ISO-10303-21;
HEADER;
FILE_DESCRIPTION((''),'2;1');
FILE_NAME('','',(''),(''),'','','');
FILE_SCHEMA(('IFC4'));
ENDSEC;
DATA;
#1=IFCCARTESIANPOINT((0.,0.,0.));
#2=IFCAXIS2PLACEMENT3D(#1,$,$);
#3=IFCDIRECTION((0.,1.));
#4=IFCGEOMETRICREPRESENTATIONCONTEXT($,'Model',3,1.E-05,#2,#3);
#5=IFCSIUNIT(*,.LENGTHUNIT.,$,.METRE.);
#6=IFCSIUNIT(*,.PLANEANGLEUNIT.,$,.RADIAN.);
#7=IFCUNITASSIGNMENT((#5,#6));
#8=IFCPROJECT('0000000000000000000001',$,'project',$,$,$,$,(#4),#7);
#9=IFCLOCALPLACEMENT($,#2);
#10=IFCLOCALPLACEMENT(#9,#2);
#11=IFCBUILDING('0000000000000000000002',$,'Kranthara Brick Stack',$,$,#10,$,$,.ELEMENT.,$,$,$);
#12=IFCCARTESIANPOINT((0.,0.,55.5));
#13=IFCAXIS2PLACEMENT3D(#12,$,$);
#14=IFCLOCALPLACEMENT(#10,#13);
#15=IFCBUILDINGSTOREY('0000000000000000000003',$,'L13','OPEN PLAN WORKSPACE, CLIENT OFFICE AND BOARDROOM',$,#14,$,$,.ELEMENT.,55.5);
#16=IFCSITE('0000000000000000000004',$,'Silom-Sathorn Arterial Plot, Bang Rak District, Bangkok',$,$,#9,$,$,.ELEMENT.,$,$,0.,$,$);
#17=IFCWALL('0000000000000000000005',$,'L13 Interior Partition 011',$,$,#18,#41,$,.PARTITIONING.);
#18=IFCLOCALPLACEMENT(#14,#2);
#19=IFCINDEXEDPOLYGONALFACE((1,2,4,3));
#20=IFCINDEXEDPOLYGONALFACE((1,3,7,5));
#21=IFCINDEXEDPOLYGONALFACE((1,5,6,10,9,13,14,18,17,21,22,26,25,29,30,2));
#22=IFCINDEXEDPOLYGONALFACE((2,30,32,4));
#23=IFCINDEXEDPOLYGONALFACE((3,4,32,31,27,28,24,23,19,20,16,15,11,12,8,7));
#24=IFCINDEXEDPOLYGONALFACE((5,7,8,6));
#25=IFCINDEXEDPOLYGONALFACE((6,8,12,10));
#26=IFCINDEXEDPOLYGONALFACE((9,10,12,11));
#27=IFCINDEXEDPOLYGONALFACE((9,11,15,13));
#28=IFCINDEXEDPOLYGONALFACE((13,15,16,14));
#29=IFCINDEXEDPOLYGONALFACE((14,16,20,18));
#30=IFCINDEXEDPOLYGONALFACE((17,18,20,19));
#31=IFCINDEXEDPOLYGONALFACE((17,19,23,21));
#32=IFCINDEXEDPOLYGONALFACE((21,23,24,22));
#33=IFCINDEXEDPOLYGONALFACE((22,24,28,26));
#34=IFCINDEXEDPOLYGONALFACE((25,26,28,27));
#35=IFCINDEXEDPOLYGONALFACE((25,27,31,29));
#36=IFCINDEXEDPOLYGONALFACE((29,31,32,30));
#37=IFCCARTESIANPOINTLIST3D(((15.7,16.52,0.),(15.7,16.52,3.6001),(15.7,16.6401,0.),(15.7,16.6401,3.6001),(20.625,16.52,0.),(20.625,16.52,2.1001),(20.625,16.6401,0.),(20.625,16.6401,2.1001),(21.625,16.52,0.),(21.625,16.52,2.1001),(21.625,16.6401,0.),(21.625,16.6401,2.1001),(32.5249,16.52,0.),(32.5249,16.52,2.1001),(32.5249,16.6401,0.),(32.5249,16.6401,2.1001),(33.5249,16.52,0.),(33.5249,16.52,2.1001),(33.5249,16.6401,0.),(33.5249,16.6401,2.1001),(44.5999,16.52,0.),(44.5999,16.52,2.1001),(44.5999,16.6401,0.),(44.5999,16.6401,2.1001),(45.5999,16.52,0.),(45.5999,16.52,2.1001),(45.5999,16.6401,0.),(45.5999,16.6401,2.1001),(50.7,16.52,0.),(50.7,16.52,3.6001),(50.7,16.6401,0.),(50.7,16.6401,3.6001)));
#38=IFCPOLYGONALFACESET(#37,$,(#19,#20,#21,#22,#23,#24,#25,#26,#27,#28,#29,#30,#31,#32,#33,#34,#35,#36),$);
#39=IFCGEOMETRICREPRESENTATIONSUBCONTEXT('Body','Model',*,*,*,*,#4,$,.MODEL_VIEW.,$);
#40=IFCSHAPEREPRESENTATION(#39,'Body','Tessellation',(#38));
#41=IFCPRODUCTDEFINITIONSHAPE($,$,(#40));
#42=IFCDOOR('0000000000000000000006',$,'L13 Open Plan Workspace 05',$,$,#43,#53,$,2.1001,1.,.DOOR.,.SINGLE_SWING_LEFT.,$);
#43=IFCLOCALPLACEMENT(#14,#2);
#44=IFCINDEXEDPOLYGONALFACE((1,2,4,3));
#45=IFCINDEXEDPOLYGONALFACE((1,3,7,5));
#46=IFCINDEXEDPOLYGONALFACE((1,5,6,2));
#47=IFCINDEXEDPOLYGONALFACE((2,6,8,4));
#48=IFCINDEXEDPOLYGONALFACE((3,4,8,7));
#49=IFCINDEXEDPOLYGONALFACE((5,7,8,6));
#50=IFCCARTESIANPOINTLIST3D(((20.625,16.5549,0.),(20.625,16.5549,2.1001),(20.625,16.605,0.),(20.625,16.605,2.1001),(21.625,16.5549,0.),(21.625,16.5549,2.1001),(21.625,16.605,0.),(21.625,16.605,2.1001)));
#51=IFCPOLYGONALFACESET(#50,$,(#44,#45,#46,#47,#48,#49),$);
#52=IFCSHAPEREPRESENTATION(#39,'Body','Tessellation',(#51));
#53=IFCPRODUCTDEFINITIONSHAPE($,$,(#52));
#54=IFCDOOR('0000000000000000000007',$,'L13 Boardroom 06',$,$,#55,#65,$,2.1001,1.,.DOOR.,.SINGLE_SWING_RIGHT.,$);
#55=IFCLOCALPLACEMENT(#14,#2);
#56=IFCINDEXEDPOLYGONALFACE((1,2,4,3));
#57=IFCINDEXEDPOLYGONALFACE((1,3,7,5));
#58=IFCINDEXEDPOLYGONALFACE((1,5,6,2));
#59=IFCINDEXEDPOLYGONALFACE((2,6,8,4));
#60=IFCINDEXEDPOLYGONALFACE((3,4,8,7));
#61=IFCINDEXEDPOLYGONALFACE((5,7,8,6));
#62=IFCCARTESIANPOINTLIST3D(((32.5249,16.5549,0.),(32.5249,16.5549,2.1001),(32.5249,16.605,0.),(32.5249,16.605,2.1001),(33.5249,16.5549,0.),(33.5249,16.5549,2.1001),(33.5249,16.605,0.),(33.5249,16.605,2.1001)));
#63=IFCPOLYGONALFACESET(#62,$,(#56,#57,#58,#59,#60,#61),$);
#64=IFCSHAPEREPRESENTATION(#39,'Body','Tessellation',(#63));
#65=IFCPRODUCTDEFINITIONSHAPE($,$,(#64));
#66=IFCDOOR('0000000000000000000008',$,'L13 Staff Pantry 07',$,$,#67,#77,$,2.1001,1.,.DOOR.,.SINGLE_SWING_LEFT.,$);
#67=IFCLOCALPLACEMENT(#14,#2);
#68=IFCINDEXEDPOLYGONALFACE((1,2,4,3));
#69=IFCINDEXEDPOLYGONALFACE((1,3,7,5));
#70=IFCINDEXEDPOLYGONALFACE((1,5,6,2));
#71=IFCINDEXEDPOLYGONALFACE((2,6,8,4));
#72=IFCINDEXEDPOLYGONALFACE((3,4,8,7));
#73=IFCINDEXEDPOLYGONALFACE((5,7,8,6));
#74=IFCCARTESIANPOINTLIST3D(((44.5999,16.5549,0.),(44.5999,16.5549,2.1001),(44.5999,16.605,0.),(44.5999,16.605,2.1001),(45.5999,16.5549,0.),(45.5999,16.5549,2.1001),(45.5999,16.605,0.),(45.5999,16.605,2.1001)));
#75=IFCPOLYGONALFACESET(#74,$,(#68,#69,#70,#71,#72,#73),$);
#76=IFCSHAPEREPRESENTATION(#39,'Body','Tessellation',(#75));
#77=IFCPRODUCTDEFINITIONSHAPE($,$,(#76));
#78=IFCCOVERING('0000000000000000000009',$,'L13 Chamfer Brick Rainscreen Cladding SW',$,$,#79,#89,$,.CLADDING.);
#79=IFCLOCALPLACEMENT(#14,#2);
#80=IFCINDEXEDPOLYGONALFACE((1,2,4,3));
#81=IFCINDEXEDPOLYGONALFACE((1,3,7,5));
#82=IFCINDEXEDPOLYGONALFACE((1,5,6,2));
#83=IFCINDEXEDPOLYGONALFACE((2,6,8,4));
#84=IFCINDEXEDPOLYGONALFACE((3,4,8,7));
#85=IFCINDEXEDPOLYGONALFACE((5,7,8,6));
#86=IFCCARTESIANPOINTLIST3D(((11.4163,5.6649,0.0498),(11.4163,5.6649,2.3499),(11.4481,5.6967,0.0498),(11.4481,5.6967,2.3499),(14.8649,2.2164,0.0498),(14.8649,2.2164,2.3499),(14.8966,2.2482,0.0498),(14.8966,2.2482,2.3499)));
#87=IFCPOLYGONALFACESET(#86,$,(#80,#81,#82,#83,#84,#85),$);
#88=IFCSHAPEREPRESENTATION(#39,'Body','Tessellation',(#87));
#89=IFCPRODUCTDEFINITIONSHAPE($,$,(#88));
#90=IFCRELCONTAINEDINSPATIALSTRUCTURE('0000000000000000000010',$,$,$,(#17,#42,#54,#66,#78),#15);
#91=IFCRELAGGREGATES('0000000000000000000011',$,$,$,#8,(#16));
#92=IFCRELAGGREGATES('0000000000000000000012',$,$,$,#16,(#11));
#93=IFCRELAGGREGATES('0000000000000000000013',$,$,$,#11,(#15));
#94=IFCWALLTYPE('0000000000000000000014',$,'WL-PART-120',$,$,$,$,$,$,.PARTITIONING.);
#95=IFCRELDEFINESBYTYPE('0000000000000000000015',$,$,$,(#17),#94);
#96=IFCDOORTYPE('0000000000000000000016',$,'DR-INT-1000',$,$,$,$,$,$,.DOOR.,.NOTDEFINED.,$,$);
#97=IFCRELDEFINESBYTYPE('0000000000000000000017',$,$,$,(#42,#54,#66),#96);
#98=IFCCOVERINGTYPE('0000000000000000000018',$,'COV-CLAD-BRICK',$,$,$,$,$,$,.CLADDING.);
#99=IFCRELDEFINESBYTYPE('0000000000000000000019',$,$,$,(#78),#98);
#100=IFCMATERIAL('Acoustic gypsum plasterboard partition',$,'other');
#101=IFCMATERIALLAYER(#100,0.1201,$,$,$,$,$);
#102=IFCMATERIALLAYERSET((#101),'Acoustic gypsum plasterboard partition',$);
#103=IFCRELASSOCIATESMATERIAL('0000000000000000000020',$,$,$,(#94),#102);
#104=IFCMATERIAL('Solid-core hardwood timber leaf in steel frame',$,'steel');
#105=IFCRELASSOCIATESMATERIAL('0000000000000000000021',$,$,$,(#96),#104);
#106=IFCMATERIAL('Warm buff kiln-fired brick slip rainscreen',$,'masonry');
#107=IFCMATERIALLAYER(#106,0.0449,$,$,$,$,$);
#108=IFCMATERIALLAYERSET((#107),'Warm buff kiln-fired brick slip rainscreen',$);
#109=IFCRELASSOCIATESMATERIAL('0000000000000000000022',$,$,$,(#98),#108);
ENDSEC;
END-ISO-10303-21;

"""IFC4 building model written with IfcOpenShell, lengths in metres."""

from ifc_helpers import new_model, si_unit, direction, frame, frame_2d, origin, origin_2d, place, context, subcontext, project, spatial, rectangle, extrude, material, layer, layer_set, type_object, element, fill, save


model = new_model("IFC4")

# Units and contexts
model_context = context("Model", 3, precision=1e-05, world=origin(), true_north=direction((0.0, 1.0)))
body_context = subcontext(model_context, "Body", "Model", "MODEL_VIEW")
ifc_project = project(units=[si_unit("LENGTHUNIT", "METRE"), si_unit("PLANEANGLEUNIT", "RADIAN")], contexts=[model_context])

# Site, building, storey
site_placement = place(None, origin())
site = spatial("IfcSite", under=ifc_project, at=site_placement, Name="Silom-Sathorn Arterial Plot, Bang Rak District, Bangkok", CompositionType="ELEMENT", RefElevation=0.0)
building_placement = place(site_placement, origin())
building = spatial("IfcBuilding", under=site, at=building_placement, Name="Kranthara Brick Stack", CompositionType="ELEMENT")
storey_placement = place(building_placement, frame((0.0, 0.0, 55.5)))
storey = spatial("IfcBuildingStorey", under=building, at=storey_placement, Name="L13", Description="OPEN PLAN WORKSPACE, CLIENT OFFICE AND BOARDROOM", CompositionType="ELEMENT", Elevation=55.5)

# Shared definitions
ifc_material_1 = material(Name="Acoustic gypsum plasterboard partition", Category="other")
ifc_layer_1 = layer(ifc_material_1, 0.1201)
ifc_layer_set_1 = layer_set([ifc_layer_1], Name="Acoustic gypsum plasterboard partition")
wall_type_1 = type_object("IfcWallType", Name="WL-PART-120", PredefinedType="PARTITIONING", material=ifc_layer_set_1)

# Wall, openings, doors
wall_1_placement = place(storey_placement, frame((15.7, 16.5801, 0.0), z_axis=(0.0, 0.0, 1.0), x_axis=(1.0, 0.0, 0.0)))
wall_1 = element("IfcWall", 1, at=wall_1_placement, inside=storey, type_object=wall_type_1, Name="L13 Interior Partition 011", PredefinedType="PARTITIONING", context=body_context, shape_type="SweptSolid", body=[
    extrude(rectangle(XDim=35.0, YDim=0.1201, at=frame_2d((17.5, 0.0))), origin(), (0.0, 0.0, 1.0), 3.6001),
])
opening_1_placement = place(wall_1_placement, frame((4.925, 0.0, 0.0)))
opening_1 = element("IfcOpeningElement", 2, at=opening_1_placement, cuts=wall_1, PredefinedType="OPENING", context=body_context, shape_type="SweptSolid", body=[
    extrude(rectangle(XDim=1.0, YDim=2.1001, at=frame_2d((0.5, 1.05))), frame((0.0, 0.0701, 0.0), z_axis=(0.0, -1.0, 0.0), x_axis=(1.0, 0.0, 0.0)), (0.0, 0.0, 1.0), 0.1401),
])
opening_2_placement = place(wall_1_placement, frame((16.825, 0.0, 0.0)))
opening_2 = element("IfcOpeningElement", 3, at=opening_2_placement, cuts=wall_1, PredefinedType="OPENING", context=body_context, shape_type="SweptSolid", body=[
    extrude(rectangle(XDim=1.0, YDim=2.1001, at=frame_2d((0.5, 1.05))), frame((0.0, 0.0701, 0.0), z_axis=(0.0, -1.0, 0.0), x_axis=(1.0, 0.0, 0.0)), (0.0, 0.0, 1.0), 0.1401),
])
opening_3_placement = place(wall_1_placement, frame((28.8999, 0.0, 0.0)))
opening_3 = element("IfcOpeningElement", 4, at=opening_3_placement, cuts=wall_1, PredefinedType="OPENING", context=body_context, shape_type="SweptSolid", body=[
    extrude(rectangle(XDim=1.0, YDim=2.1001, at=frame_2d((0.5, 1.05))), frame((0.0, 0.0701, 0.0), z_axis=(0.0, -1.0, 0.0), x_axis=(1.0, 0.0, 0.0)), (0.0, 0.0, 1.0), 0.1401),
])
ifc_material_2 = material(Name="Solid-core hardwood timber leaf in steel frame", Category="steel")
door_type_1 = type_object("IfcDoorType", Name="DR-INT-1000", OperationType="NOTDEFINED", PredefinedType="DOOR", material=ifc_material_2)
door_1_placement = place(opening_1_placement, origin())
door_1 = element("IfcDoor", 5, at=door_1_placement, inside=storey, type_object=door_type_1, Name="L13 Open Plan Workspace 05", OperationType="SINGLE_SWING_LEFT", OverallHeight=2.1001, OverallWidth=1.0, PredefinedType="DOOR", context=body_context, shape_type="SweptSolid", body=[
    extrude(rectangle(XDim=1.0, YDim=2.1001, at=frame_2d((0.5, 1.05))), frame((0.0, 0.0249, 0.0), z_axis=(0.0, -1.0, 0.0), x_axis=(1.0, 0.0, 0.0)), (0.0, 0.0, 1.0), 0.05),
])
fill(opening_1, door_1)
door_2_placement = place(opening_2_placement, origin())
door_2 = element("IfcDoor", 6, at=door_2_placement, inside=storey, type_object=door_type_1, Name="L13 Boardroom 06", OperationType="SINGLE_SWING_RIGHT", OverallHeight=2.1001, OverallWidth=1.0, PredefinedType="DOOR", context=body_context, shape_type="SweptSolid", body=[
    extrude(rectangle(XDim=1.0, YDim=2.1001, at=frame_2d((0.5, 1.05))), frame((0.0, 0.0249, 0.0), z_axis=(0.0, -1.0, 0.0), x_axis=(1.0, 0.0, 0.0)), (0.0, 0.0, 1.0), 0.05),
])
fill(opening_2, door_2)
door_3_placement = place(opening_3_placement, origin())
door_3 = element("IfcDoor", 7, at=door_3_placement, inside=storey, type_object=door_type_1, Name="L13 Staff Pantry 07", OperationType="SINGLE_SWING_LEFT", OverallHeight=2.1001, OverallWidth=1.0, PredefinedType="DOOR", context=body_context, shape_type="SweptSolid", body=[
    extrude(rectangle(XDim=1.0, YDim=2.1001, at=frame_2d((0.5, 1.05))), frame((0.0, 0.0249, 0.0), z_axis=(0.0, -1.0, 0.0), x_axis=(1.0, 0.0, 0.0)), (0.0, 0.0, 1.0), 0.05),
])
fill(opening_3, door_3)

# Covering
ifc_material_3 = material(Name="Warm buff kiln-fired brick slip rainscreen", Category="masonry")
ifc_layer_2 = layer(ifc_material_3, 0.0449)
ifc_layer_set_2 = layer_set([ifc_layer_2], Name="Warm buff kiln-fired brick slip rainscreen")
covering_type = type_object("IfcCoveringType", Name="COV-CLAD-BRICK", PredefinedType="CLADDING", material=ifc_layer_set_2)
covering_placement = place(storey_placement, frame((13.1565, 3.9565, 0.0498), z_axis=(0.0, 0.0, 1.0), x_axis=(-0.707107, 0.707107, 0.0)))
element("IfcCovering", 8, at=covering_placement, inside=storey, type_object=covering_type, Name="L13 Chamfer Brick Rainscreen Cladding SW", PredefinedType="CLADDING", context=body_context, shape_type="SweptSolid", body=[
    extrude(rectangle(XDim=4.877, YDim=0.0449, at=origin_2d()), origin(), (0.0, 0.0, 1.0), 2.3),
])

save(model, "model.ifc")
